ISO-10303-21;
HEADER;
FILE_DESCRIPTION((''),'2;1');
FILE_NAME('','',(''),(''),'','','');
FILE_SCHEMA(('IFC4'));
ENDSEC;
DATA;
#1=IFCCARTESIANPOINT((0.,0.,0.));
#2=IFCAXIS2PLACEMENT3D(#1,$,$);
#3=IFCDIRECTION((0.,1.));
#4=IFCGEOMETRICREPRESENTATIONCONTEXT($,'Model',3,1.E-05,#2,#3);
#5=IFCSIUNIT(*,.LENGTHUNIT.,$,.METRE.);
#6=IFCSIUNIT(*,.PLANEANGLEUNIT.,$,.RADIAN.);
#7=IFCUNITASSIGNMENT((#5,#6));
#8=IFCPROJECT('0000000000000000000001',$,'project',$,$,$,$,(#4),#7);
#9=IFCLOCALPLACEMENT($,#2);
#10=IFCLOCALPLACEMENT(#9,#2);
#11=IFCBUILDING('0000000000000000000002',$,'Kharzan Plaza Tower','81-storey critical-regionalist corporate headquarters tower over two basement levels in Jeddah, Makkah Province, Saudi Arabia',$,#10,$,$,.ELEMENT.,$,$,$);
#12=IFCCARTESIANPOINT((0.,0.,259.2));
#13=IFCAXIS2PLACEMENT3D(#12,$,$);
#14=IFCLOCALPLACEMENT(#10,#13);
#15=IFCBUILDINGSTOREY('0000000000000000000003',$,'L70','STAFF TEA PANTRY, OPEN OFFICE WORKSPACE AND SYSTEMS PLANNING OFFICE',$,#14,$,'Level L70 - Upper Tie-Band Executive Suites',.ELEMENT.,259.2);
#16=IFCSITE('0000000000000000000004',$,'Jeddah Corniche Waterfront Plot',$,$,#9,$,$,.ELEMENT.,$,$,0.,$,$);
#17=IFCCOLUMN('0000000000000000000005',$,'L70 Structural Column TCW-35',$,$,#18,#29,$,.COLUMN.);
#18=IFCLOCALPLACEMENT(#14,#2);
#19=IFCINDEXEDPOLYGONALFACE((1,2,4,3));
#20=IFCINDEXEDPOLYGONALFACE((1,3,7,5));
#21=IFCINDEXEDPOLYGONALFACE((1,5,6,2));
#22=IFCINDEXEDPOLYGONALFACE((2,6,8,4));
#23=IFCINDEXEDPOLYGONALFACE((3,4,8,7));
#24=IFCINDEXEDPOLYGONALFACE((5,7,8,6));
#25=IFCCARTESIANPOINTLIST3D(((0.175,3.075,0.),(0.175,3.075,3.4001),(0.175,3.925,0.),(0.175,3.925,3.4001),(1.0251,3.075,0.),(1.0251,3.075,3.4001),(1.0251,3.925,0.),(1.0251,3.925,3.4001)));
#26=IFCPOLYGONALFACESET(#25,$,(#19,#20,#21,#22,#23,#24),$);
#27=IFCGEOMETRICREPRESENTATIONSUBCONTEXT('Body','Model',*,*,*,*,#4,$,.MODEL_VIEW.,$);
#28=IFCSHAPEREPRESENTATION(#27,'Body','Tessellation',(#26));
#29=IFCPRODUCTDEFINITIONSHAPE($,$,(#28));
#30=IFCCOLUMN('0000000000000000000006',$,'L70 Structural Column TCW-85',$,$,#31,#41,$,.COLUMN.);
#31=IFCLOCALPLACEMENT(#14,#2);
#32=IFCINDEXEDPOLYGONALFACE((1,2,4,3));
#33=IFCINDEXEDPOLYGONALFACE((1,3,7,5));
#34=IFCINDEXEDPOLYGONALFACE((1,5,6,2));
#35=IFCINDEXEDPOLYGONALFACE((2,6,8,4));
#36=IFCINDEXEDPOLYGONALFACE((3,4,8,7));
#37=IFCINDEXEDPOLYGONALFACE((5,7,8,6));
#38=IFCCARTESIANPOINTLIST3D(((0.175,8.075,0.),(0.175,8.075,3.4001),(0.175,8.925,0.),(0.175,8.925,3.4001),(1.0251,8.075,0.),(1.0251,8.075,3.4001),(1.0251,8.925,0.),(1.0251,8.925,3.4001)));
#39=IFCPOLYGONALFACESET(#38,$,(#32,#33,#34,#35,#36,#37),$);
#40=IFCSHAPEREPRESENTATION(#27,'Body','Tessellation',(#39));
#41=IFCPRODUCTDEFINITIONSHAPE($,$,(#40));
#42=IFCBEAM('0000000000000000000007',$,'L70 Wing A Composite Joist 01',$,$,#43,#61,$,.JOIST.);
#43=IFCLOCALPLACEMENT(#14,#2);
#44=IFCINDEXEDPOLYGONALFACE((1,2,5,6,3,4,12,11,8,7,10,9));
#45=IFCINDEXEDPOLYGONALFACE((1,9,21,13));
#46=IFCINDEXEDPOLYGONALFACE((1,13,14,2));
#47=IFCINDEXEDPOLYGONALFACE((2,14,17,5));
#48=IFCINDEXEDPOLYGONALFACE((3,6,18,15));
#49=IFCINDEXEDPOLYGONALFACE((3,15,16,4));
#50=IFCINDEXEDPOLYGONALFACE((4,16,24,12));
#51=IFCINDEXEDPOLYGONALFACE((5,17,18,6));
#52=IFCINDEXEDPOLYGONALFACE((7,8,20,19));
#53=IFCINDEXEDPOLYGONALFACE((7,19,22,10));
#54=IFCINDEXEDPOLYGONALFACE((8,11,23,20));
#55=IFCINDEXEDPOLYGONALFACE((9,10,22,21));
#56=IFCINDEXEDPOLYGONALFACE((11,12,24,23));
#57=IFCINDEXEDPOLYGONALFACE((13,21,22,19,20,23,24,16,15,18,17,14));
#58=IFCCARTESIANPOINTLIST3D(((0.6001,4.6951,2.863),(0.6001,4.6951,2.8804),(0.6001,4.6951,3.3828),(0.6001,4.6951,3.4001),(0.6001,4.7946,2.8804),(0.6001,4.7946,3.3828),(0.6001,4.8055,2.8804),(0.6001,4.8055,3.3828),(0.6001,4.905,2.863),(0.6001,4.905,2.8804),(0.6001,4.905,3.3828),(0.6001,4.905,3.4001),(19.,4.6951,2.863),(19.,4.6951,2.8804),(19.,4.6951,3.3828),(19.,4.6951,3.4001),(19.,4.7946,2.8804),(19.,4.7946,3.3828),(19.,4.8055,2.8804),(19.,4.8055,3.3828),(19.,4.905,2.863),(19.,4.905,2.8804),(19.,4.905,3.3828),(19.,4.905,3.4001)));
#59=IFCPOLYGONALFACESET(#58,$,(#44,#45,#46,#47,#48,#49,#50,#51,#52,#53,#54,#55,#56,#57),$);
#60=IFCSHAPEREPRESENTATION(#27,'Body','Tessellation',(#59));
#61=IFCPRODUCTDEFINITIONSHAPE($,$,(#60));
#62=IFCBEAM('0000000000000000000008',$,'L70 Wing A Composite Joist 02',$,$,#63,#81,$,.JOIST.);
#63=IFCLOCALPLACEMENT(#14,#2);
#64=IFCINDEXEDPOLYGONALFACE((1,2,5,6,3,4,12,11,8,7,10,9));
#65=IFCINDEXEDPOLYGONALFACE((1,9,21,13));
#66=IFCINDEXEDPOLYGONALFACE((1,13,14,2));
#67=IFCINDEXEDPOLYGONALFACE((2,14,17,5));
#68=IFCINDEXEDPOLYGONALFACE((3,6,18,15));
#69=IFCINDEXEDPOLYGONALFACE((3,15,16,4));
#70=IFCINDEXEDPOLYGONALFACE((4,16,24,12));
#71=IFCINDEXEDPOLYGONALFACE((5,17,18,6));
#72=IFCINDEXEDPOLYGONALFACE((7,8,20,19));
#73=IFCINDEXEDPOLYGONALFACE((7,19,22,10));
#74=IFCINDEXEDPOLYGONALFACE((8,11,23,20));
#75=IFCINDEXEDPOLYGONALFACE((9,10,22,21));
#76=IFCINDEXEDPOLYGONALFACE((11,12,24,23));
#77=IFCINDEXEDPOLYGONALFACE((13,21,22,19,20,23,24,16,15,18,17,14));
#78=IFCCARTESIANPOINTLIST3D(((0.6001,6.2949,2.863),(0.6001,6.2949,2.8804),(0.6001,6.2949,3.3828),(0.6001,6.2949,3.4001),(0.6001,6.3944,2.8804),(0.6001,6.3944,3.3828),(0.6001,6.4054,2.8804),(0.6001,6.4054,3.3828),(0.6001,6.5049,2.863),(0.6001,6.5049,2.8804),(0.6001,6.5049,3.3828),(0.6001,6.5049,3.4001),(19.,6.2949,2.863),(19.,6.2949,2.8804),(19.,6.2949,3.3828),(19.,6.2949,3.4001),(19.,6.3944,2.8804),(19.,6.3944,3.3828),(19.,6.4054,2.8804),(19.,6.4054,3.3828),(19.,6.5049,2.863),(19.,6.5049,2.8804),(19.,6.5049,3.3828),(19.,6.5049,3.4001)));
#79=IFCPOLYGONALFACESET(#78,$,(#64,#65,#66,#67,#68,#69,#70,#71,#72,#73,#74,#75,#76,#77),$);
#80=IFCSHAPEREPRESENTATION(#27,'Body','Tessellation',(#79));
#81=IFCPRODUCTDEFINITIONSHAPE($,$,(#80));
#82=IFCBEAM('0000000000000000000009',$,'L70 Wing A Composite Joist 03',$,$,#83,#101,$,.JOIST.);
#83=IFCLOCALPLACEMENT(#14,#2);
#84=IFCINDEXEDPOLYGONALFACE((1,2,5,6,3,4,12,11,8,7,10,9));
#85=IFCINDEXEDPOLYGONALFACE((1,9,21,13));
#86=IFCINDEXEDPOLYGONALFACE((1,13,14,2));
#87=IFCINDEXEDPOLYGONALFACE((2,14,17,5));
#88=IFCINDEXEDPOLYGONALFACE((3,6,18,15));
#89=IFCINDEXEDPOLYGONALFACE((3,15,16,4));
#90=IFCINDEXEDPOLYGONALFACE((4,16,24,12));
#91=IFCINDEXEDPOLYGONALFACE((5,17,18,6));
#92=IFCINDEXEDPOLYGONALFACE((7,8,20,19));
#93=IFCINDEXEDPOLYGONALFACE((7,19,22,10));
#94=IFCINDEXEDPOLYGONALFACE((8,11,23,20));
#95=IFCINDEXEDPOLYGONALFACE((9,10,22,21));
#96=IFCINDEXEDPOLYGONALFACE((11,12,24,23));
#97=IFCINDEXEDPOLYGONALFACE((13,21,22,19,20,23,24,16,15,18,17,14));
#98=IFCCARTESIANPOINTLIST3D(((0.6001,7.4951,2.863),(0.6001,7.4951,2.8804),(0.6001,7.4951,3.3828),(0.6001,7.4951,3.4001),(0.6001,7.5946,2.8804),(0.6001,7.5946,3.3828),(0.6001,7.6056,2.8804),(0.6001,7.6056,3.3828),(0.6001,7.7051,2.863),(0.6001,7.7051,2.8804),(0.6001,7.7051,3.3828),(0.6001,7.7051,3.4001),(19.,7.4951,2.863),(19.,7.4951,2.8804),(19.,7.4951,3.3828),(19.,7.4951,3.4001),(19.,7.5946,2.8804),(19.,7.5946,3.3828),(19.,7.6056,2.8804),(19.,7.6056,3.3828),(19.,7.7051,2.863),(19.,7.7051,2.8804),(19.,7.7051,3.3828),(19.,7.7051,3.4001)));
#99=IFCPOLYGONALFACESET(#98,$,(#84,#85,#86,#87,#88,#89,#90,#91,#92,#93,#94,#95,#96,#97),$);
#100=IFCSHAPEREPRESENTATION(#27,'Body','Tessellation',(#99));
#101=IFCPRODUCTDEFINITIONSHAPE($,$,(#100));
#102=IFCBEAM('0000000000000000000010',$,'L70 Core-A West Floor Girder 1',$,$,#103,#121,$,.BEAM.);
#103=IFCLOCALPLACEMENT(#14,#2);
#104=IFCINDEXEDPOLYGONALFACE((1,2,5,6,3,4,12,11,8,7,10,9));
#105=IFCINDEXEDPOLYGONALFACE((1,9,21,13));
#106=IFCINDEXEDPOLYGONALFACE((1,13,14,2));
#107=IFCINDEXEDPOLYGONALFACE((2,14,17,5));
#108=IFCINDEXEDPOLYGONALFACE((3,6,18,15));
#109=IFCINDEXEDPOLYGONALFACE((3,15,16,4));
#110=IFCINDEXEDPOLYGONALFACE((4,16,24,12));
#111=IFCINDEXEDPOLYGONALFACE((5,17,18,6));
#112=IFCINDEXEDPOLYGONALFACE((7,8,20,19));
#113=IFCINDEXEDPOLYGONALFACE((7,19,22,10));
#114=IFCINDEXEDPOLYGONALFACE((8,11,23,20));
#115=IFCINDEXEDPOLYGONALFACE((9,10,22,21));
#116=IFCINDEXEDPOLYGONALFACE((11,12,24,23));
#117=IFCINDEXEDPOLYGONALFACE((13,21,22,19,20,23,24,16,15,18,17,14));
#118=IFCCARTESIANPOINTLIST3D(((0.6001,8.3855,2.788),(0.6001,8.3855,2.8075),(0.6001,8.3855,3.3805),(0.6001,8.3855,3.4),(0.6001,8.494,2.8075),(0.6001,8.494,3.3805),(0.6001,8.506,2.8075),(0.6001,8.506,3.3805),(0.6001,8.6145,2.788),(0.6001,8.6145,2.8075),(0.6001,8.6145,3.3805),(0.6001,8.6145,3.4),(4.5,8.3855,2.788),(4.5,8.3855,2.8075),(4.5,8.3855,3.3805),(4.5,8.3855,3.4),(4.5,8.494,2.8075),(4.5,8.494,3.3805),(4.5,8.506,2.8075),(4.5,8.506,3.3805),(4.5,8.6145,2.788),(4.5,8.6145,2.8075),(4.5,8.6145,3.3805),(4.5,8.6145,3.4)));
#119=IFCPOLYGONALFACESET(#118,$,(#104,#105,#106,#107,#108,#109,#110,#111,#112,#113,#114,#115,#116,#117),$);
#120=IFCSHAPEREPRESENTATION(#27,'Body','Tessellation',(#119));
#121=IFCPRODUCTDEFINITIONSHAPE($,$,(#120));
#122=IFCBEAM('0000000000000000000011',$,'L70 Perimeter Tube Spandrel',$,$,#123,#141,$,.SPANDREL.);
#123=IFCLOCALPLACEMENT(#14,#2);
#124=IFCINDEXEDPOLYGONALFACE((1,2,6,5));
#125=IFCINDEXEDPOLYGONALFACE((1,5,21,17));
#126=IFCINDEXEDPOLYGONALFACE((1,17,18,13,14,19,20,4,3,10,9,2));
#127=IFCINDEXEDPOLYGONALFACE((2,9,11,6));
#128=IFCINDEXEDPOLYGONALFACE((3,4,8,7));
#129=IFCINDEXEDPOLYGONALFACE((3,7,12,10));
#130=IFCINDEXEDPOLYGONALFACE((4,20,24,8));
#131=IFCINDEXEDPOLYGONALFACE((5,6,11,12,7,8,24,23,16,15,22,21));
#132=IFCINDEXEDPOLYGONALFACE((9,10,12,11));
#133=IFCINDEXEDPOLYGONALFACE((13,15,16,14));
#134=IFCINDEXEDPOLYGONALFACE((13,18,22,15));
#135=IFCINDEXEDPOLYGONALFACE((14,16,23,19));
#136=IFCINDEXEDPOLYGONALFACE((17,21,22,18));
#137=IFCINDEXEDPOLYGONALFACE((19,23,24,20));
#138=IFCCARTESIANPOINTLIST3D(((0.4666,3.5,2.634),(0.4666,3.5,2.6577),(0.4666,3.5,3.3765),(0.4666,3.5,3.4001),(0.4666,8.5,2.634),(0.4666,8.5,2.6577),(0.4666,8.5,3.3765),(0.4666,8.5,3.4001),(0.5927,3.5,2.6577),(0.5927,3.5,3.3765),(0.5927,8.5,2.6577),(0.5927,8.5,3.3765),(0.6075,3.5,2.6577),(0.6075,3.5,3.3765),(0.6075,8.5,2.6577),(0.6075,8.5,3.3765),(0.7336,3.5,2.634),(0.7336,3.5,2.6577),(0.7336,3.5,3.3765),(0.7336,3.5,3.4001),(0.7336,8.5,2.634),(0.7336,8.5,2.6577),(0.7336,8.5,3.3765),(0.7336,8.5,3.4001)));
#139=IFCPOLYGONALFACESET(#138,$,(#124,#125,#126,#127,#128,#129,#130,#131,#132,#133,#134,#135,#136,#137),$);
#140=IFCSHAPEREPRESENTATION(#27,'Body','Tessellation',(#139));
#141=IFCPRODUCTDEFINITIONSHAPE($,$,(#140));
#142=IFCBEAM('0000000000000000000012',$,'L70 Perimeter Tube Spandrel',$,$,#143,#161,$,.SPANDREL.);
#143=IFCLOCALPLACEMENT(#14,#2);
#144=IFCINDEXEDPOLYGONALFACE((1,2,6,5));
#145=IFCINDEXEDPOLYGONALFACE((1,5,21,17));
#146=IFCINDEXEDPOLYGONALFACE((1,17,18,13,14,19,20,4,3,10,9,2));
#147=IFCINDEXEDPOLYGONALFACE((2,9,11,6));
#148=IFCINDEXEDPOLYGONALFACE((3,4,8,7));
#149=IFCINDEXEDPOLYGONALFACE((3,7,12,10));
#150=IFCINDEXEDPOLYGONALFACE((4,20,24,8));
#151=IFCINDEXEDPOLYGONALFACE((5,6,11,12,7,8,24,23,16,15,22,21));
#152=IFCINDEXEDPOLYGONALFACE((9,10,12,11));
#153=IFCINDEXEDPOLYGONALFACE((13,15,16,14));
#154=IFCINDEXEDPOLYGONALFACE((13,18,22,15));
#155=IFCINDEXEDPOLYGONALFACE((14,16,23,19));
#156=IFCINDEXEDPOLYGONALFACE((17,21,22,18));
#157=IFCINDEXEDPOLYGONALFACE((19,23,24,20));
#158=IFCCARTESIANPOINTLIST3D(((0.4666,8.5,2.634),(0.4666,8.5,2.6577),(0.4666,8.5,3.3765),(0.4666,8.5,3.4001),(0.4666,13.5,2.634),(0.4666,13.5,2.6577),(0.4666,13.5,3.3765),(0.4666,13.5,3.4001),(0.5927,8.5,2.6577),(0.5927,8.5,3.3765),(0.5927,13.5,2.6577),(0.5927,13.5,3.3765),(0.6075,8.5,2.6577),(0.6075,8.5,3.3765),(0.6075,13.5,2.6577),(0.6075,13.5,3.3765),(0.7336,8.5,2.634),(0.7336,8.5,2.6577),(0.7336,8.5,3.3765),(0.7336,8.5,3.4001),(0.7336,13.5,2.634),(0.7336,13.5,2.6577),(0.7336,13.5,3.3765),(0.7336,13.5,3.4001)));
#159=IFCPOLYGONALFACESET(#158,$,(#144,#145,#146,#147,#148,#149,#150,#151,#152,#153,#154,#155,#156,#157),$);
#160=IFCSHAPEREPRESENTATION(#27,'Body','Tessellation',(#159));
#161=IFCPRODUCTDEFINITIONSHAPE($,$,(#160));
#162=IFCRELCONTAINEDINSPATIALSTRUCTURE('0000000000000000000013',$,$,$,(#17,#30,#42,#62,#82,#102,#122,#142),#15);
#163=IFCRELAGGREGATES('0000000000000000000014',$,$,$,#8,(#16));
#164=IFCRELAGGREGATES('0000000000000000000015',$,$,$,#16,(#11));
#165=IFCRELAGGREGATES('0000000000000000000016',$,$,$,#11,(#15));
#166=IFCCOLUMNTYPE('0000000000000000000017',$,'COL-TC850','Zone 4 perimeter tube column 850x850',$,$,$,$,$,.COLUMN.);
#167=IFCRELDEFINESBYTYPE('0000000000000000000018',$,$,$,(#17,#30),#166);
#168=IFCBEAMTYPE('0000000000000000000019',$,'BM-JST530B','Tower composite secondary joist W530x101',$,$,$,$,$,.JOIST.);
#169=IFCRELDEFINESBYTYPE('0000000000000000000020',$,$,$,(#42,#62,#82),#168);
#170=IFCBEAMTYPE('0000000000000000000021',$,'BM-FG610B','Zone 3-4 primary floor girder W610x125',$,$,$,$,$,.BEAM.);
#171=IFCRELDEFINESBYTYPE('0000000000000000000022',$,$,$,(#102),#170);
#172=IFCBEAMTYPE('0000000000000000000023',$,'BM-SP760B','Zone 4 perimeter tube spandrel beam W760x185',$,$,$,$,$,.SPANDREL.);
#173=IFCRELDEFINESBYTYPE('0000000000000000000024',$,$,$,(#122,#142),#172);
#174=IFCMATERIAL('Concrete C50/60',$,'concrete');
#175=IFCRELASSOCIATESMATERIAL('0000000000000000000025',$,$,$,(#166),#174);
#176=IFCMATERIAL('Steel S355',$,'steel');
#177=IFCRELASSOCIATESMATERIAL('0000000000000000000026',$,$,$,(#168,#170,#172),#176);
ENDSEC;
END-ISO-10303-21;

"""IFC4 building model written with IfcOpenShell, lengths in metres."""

from ifc_helpers import new_model, si_unit, direction, frame, origin, origin_2d, place, context, subcontext, project, spatial, rectangle, i_section, extrude, source, transform, mapped, material, material_profile, profile_set, type_object, element, save


model = new_model("IFC4")

# Units and contexts
model_context = context("Model", 3, precision=1e-05, world=origin(), true_north=direction((0.0, 1.0)))
body_context = subcontext(model_context, "Body", "Model", "MODEL_VIEW")
ifc_project = project(units=[si_unit("LENGTHUNIT", "METRE"), si_unit("PLANEANGLEUNIT", "RADIAN")], contexts=[model_context])

# Site, building, storey
site_placement = place(None, origin())
site = spatial("IfcSite", under=ifc_project, at=site_placement, Name="Jeddah Corniche Waterfront Plot", CompositionType="ELEMENT", RefElevation=0.0)
building_placement = place(site_placement, origin())
building = spatial("IfcBuilding", under=site, at=building_placement, Name="Kharzan Plaza Tower", Description="81-storey critical-regionalist corporate headquarters tower over two basement levels in Jeddah, Makkah Province, Saudi Arabia", CompositionType="ELEMENT")
storey_placement = place(building_placement, frame((0.0, 0.0, 259.2)))
storey = spatial("IfcBuildingStorey", under=building, at=storey_placement, Name="L70", Description="STAFF TEA PANTRY, OPEN OFFICE WORKSPACE AND SYSTEMS PLANNING OFFICE", LongName="Level L70 - Upper Tie-Band Executive Suites", CompositionType="ELEMENT", Elevation=259.2)

# Columns
ifc_material_1 = material(Name="Concrete C50/60", Category="concrete")
ifc_material_profile_1 = material_profile(ifc_material_1, rectangle(XDim=0.8501, YDim=0.8501, at=origin_2d()), Name="RC-TC850x850")
ifc_profile_set_1 = profile_set([ifc_material_profile_1], Name="Concrete C50/60")
column_type = type_object("IfcColumnType", Name="COL-TC850", Description="Zone 4 perimeter tube column 850x850", PredefinedType="COLUMN", material=ifc_profile_set_1)
shared_shape_1 = source(origin(), body_context, "Body", "SweptSolid", [
    extrude(rectangle(XDim=0.8501, YDim=0.8501, at=origin_2d()), origin(), (0.0, 0.0, 1.0), 3.4001),
])
for number, where, z_axis, x_axis, name in (
    (1, (0.6001, 3.5, 0.0), (0.0, 0.0, 1.0), (1.0, 0.0, 0.0), "L70 Structural Column TCW-35"),
    (2, (0.6001, 8.5, 0.0), (0.0, 0.0, 1.0), (1.0, 0.0, 0.0), "L70 Structural Column TCW-85"),
):
    element("IfcColumn", number, at=place(storey_placement, frame(where, z_axis=z_axis, x_axis=x_axis)), inside=storey, type_object=column_type, Name=name, PredefinedType="COLUMN", context=body_context, shape_type="MappedRepresentation", body=[
        mapped(shared_shape_1, transform((0.0, 0.0, 0.0), x_axis=(1.0, 0.0, 0.0), y_axis=(0.0, 1.0, 0.0), z_axis=(0.0, 0.0, 1.0))),
    ])

# Beams
ifc_material_2 = material(Name="Steel S355", Category="steel")
ifc_material_profile_2 = material_profile(ifc_material_2, i_section(OverallWidth=0.21, OverallDepth=0.5371, WebThickness=0.011, FlangeThickness=0.0173, at=origin_2d()), Name="W530x101")
ifc_profile_set_2 = profile_set([ifc_material_profile_2], Name="Steel S355")
beam_type_1 = type_object("IfcBeamType", Name="BM-JST530B", Description="Tower composite secondary joist W530x101", PredefinedType="JOIST", material=ifc_profile_set_2)
shared_shape_2 = source(origin(), body_context, "Body", "SweptSolid", [
    extrude(i_section(OverallWidth=0.21, OverallDepth=0.5371, WebThickness=0.011, FlangeThickness=0.0173, at=origin_2d()), origin(), (0.0, 0.0, 1.0), 18.3999),
])
for number, where, z_axis, x_axis, name in (
    (3, (0.6001, 4.8, 3.1316), (1.0, 0.0, 0.0), (0.0, 1.0, 0.0), "L70 Wing A Composite Joist 01"),
    (4, (0.6001, 6.3999, 3.1316), (1.0, 0.0, 0.0), (0.0, 1.0, 0.0), "L70 Wing A Composite Joist 02"),
    (5, (0.6001, 7.6001, 3.1316), (1.0, 0.0, 0.0), (0.0, 1.0, 0.0), "L70 Wing A Composite Joist 03"),
):
    element("IfcBeam", number, at=place(storey_placement, frame(where, z_axis=z_axis, x_axis=x_axis)), inside=storey, type_object=beam_type_1, Name=name, PredefinedType="JOIST", context=body_context, shape_type="MappedRepresentation", body=[
        mapped(shared_shape_2, transform((0.0, 0.0, 0.0), x_axis=(1.0, 0.0, 0.0), y_axis=(0.0, 1.0, 0.0), z_axis=(0.0, 0.0, 1.0))),
    ])
ifc_material_profile_3 = material_profile(ifc_material_2, i_section(OverallWidth=0.229, OverallDepth=0.6121, WebThickness=0.012, FlangeThickness=0.0195, at=origin_2d()), Name="W610x125")
ifc_profile_set_3 = profile_set([ifc_material_profile_3], Name="Steel S355")
beam_type_2 = type_object("IfcBeamType", Name="BM-FG610B", Description="Zone 3-4 primary floor girder W610x125", PredefinedType="BEAM", material=ifc_profile_set_3)
shared_shape_3 = source(origin(), body_context, "Body", "SweptSolid", [
    extrude(i_section(OverallWidth=0.229, OverallDepth=0.6121, WebThickness=0.012, FlangeThickness=0.0195, at=origin_2d()), origin(), (0.0, 0.0, 1.0), 3.8999),
])
beam_placement = place(storey_placement, frame((0.6001, 8.5, 3.094), z_axis=(1.0, 0.0, 0.0), x_axis=(0.0, 1.0, 0.0)))
element("IfcBeam", 6, at=beam_placement, inside=storey, type_object=beam_type_2, Name="L70 Core-A West Floor Girder 1", PredefinedType="BEAM", context=body_context, shape_type="MappedRepresentation", body=[
    mapped(shared_shape_3, transform((0.0, 0.0, 0.0), x_axis=(1.0, 0.0, 0.0), y_axis=(0.0, 1.0, 0.0), z_axis=(0.0, 0.0, 1.0))),
])
ifc_material_profile_4 = material_profile(ifc_material_2, i_section(OverallWidth=0.2671, OverallDepth=0.7661, WebThickness=0.0149, FlangeThickness=0.0237, at=origin_2d()), Name="W760x185")
ifc_profile_set_4 = profile_set([ifc_material_profile_4], Name="Steel S355")
beam_type_3 = type_object("IfcBeamType", Name="BM-SP760B", Description="Zone 4 perimeter tube spandrel beam W760x185", PredefinedType="SPANDREL", material=ifc_profile_set_4)
shared_shape_4 = source(origin(), body_context, "Body", "SweptSolid", [
    extrude(i_section(OverallWidth=0.2671, OverallDepth=0.7661, WebThickness=0.0149, FlangeThickness=0.0237, at=origin_2d()), origin(), (0.0, 0.0, 1.0), 5.0),
])
for number, where, z_axis, x_axis, name in (
    (7, (0.6001, 3.5, 3.0171), (0.0, 1.0, 0.0), (-1.0, 0.0, 0.0), "L70 Perimeter Tube Spandrel"),
    (8, (0.6001, 8.5, 3.0171), (0.0, 1.0, 0.0), (-1.0, 0.0, 0.0), "L70 Perimeter Tube Spandrel"),
):
    element("IfcBeam", number, at=place(storey_placement, frame(where, z_axis=z_axis, x_axis=x_axis)), inside=storey, type_object=beam_type_3, Name=name, PredefinedType="SPANDREL", context=body_context, shape_type="MappedRepresentation", body=[
        mapped(shared_shape_4, transform((0.0, 0.0, 0.0), x_axis=(1.0, 0.0, 0.0), y_axis=(0.0, 1.0, 0.0), z_axis=(0.0, 0.0, 1.0))),
    ])

save(model, "model.ifc")
